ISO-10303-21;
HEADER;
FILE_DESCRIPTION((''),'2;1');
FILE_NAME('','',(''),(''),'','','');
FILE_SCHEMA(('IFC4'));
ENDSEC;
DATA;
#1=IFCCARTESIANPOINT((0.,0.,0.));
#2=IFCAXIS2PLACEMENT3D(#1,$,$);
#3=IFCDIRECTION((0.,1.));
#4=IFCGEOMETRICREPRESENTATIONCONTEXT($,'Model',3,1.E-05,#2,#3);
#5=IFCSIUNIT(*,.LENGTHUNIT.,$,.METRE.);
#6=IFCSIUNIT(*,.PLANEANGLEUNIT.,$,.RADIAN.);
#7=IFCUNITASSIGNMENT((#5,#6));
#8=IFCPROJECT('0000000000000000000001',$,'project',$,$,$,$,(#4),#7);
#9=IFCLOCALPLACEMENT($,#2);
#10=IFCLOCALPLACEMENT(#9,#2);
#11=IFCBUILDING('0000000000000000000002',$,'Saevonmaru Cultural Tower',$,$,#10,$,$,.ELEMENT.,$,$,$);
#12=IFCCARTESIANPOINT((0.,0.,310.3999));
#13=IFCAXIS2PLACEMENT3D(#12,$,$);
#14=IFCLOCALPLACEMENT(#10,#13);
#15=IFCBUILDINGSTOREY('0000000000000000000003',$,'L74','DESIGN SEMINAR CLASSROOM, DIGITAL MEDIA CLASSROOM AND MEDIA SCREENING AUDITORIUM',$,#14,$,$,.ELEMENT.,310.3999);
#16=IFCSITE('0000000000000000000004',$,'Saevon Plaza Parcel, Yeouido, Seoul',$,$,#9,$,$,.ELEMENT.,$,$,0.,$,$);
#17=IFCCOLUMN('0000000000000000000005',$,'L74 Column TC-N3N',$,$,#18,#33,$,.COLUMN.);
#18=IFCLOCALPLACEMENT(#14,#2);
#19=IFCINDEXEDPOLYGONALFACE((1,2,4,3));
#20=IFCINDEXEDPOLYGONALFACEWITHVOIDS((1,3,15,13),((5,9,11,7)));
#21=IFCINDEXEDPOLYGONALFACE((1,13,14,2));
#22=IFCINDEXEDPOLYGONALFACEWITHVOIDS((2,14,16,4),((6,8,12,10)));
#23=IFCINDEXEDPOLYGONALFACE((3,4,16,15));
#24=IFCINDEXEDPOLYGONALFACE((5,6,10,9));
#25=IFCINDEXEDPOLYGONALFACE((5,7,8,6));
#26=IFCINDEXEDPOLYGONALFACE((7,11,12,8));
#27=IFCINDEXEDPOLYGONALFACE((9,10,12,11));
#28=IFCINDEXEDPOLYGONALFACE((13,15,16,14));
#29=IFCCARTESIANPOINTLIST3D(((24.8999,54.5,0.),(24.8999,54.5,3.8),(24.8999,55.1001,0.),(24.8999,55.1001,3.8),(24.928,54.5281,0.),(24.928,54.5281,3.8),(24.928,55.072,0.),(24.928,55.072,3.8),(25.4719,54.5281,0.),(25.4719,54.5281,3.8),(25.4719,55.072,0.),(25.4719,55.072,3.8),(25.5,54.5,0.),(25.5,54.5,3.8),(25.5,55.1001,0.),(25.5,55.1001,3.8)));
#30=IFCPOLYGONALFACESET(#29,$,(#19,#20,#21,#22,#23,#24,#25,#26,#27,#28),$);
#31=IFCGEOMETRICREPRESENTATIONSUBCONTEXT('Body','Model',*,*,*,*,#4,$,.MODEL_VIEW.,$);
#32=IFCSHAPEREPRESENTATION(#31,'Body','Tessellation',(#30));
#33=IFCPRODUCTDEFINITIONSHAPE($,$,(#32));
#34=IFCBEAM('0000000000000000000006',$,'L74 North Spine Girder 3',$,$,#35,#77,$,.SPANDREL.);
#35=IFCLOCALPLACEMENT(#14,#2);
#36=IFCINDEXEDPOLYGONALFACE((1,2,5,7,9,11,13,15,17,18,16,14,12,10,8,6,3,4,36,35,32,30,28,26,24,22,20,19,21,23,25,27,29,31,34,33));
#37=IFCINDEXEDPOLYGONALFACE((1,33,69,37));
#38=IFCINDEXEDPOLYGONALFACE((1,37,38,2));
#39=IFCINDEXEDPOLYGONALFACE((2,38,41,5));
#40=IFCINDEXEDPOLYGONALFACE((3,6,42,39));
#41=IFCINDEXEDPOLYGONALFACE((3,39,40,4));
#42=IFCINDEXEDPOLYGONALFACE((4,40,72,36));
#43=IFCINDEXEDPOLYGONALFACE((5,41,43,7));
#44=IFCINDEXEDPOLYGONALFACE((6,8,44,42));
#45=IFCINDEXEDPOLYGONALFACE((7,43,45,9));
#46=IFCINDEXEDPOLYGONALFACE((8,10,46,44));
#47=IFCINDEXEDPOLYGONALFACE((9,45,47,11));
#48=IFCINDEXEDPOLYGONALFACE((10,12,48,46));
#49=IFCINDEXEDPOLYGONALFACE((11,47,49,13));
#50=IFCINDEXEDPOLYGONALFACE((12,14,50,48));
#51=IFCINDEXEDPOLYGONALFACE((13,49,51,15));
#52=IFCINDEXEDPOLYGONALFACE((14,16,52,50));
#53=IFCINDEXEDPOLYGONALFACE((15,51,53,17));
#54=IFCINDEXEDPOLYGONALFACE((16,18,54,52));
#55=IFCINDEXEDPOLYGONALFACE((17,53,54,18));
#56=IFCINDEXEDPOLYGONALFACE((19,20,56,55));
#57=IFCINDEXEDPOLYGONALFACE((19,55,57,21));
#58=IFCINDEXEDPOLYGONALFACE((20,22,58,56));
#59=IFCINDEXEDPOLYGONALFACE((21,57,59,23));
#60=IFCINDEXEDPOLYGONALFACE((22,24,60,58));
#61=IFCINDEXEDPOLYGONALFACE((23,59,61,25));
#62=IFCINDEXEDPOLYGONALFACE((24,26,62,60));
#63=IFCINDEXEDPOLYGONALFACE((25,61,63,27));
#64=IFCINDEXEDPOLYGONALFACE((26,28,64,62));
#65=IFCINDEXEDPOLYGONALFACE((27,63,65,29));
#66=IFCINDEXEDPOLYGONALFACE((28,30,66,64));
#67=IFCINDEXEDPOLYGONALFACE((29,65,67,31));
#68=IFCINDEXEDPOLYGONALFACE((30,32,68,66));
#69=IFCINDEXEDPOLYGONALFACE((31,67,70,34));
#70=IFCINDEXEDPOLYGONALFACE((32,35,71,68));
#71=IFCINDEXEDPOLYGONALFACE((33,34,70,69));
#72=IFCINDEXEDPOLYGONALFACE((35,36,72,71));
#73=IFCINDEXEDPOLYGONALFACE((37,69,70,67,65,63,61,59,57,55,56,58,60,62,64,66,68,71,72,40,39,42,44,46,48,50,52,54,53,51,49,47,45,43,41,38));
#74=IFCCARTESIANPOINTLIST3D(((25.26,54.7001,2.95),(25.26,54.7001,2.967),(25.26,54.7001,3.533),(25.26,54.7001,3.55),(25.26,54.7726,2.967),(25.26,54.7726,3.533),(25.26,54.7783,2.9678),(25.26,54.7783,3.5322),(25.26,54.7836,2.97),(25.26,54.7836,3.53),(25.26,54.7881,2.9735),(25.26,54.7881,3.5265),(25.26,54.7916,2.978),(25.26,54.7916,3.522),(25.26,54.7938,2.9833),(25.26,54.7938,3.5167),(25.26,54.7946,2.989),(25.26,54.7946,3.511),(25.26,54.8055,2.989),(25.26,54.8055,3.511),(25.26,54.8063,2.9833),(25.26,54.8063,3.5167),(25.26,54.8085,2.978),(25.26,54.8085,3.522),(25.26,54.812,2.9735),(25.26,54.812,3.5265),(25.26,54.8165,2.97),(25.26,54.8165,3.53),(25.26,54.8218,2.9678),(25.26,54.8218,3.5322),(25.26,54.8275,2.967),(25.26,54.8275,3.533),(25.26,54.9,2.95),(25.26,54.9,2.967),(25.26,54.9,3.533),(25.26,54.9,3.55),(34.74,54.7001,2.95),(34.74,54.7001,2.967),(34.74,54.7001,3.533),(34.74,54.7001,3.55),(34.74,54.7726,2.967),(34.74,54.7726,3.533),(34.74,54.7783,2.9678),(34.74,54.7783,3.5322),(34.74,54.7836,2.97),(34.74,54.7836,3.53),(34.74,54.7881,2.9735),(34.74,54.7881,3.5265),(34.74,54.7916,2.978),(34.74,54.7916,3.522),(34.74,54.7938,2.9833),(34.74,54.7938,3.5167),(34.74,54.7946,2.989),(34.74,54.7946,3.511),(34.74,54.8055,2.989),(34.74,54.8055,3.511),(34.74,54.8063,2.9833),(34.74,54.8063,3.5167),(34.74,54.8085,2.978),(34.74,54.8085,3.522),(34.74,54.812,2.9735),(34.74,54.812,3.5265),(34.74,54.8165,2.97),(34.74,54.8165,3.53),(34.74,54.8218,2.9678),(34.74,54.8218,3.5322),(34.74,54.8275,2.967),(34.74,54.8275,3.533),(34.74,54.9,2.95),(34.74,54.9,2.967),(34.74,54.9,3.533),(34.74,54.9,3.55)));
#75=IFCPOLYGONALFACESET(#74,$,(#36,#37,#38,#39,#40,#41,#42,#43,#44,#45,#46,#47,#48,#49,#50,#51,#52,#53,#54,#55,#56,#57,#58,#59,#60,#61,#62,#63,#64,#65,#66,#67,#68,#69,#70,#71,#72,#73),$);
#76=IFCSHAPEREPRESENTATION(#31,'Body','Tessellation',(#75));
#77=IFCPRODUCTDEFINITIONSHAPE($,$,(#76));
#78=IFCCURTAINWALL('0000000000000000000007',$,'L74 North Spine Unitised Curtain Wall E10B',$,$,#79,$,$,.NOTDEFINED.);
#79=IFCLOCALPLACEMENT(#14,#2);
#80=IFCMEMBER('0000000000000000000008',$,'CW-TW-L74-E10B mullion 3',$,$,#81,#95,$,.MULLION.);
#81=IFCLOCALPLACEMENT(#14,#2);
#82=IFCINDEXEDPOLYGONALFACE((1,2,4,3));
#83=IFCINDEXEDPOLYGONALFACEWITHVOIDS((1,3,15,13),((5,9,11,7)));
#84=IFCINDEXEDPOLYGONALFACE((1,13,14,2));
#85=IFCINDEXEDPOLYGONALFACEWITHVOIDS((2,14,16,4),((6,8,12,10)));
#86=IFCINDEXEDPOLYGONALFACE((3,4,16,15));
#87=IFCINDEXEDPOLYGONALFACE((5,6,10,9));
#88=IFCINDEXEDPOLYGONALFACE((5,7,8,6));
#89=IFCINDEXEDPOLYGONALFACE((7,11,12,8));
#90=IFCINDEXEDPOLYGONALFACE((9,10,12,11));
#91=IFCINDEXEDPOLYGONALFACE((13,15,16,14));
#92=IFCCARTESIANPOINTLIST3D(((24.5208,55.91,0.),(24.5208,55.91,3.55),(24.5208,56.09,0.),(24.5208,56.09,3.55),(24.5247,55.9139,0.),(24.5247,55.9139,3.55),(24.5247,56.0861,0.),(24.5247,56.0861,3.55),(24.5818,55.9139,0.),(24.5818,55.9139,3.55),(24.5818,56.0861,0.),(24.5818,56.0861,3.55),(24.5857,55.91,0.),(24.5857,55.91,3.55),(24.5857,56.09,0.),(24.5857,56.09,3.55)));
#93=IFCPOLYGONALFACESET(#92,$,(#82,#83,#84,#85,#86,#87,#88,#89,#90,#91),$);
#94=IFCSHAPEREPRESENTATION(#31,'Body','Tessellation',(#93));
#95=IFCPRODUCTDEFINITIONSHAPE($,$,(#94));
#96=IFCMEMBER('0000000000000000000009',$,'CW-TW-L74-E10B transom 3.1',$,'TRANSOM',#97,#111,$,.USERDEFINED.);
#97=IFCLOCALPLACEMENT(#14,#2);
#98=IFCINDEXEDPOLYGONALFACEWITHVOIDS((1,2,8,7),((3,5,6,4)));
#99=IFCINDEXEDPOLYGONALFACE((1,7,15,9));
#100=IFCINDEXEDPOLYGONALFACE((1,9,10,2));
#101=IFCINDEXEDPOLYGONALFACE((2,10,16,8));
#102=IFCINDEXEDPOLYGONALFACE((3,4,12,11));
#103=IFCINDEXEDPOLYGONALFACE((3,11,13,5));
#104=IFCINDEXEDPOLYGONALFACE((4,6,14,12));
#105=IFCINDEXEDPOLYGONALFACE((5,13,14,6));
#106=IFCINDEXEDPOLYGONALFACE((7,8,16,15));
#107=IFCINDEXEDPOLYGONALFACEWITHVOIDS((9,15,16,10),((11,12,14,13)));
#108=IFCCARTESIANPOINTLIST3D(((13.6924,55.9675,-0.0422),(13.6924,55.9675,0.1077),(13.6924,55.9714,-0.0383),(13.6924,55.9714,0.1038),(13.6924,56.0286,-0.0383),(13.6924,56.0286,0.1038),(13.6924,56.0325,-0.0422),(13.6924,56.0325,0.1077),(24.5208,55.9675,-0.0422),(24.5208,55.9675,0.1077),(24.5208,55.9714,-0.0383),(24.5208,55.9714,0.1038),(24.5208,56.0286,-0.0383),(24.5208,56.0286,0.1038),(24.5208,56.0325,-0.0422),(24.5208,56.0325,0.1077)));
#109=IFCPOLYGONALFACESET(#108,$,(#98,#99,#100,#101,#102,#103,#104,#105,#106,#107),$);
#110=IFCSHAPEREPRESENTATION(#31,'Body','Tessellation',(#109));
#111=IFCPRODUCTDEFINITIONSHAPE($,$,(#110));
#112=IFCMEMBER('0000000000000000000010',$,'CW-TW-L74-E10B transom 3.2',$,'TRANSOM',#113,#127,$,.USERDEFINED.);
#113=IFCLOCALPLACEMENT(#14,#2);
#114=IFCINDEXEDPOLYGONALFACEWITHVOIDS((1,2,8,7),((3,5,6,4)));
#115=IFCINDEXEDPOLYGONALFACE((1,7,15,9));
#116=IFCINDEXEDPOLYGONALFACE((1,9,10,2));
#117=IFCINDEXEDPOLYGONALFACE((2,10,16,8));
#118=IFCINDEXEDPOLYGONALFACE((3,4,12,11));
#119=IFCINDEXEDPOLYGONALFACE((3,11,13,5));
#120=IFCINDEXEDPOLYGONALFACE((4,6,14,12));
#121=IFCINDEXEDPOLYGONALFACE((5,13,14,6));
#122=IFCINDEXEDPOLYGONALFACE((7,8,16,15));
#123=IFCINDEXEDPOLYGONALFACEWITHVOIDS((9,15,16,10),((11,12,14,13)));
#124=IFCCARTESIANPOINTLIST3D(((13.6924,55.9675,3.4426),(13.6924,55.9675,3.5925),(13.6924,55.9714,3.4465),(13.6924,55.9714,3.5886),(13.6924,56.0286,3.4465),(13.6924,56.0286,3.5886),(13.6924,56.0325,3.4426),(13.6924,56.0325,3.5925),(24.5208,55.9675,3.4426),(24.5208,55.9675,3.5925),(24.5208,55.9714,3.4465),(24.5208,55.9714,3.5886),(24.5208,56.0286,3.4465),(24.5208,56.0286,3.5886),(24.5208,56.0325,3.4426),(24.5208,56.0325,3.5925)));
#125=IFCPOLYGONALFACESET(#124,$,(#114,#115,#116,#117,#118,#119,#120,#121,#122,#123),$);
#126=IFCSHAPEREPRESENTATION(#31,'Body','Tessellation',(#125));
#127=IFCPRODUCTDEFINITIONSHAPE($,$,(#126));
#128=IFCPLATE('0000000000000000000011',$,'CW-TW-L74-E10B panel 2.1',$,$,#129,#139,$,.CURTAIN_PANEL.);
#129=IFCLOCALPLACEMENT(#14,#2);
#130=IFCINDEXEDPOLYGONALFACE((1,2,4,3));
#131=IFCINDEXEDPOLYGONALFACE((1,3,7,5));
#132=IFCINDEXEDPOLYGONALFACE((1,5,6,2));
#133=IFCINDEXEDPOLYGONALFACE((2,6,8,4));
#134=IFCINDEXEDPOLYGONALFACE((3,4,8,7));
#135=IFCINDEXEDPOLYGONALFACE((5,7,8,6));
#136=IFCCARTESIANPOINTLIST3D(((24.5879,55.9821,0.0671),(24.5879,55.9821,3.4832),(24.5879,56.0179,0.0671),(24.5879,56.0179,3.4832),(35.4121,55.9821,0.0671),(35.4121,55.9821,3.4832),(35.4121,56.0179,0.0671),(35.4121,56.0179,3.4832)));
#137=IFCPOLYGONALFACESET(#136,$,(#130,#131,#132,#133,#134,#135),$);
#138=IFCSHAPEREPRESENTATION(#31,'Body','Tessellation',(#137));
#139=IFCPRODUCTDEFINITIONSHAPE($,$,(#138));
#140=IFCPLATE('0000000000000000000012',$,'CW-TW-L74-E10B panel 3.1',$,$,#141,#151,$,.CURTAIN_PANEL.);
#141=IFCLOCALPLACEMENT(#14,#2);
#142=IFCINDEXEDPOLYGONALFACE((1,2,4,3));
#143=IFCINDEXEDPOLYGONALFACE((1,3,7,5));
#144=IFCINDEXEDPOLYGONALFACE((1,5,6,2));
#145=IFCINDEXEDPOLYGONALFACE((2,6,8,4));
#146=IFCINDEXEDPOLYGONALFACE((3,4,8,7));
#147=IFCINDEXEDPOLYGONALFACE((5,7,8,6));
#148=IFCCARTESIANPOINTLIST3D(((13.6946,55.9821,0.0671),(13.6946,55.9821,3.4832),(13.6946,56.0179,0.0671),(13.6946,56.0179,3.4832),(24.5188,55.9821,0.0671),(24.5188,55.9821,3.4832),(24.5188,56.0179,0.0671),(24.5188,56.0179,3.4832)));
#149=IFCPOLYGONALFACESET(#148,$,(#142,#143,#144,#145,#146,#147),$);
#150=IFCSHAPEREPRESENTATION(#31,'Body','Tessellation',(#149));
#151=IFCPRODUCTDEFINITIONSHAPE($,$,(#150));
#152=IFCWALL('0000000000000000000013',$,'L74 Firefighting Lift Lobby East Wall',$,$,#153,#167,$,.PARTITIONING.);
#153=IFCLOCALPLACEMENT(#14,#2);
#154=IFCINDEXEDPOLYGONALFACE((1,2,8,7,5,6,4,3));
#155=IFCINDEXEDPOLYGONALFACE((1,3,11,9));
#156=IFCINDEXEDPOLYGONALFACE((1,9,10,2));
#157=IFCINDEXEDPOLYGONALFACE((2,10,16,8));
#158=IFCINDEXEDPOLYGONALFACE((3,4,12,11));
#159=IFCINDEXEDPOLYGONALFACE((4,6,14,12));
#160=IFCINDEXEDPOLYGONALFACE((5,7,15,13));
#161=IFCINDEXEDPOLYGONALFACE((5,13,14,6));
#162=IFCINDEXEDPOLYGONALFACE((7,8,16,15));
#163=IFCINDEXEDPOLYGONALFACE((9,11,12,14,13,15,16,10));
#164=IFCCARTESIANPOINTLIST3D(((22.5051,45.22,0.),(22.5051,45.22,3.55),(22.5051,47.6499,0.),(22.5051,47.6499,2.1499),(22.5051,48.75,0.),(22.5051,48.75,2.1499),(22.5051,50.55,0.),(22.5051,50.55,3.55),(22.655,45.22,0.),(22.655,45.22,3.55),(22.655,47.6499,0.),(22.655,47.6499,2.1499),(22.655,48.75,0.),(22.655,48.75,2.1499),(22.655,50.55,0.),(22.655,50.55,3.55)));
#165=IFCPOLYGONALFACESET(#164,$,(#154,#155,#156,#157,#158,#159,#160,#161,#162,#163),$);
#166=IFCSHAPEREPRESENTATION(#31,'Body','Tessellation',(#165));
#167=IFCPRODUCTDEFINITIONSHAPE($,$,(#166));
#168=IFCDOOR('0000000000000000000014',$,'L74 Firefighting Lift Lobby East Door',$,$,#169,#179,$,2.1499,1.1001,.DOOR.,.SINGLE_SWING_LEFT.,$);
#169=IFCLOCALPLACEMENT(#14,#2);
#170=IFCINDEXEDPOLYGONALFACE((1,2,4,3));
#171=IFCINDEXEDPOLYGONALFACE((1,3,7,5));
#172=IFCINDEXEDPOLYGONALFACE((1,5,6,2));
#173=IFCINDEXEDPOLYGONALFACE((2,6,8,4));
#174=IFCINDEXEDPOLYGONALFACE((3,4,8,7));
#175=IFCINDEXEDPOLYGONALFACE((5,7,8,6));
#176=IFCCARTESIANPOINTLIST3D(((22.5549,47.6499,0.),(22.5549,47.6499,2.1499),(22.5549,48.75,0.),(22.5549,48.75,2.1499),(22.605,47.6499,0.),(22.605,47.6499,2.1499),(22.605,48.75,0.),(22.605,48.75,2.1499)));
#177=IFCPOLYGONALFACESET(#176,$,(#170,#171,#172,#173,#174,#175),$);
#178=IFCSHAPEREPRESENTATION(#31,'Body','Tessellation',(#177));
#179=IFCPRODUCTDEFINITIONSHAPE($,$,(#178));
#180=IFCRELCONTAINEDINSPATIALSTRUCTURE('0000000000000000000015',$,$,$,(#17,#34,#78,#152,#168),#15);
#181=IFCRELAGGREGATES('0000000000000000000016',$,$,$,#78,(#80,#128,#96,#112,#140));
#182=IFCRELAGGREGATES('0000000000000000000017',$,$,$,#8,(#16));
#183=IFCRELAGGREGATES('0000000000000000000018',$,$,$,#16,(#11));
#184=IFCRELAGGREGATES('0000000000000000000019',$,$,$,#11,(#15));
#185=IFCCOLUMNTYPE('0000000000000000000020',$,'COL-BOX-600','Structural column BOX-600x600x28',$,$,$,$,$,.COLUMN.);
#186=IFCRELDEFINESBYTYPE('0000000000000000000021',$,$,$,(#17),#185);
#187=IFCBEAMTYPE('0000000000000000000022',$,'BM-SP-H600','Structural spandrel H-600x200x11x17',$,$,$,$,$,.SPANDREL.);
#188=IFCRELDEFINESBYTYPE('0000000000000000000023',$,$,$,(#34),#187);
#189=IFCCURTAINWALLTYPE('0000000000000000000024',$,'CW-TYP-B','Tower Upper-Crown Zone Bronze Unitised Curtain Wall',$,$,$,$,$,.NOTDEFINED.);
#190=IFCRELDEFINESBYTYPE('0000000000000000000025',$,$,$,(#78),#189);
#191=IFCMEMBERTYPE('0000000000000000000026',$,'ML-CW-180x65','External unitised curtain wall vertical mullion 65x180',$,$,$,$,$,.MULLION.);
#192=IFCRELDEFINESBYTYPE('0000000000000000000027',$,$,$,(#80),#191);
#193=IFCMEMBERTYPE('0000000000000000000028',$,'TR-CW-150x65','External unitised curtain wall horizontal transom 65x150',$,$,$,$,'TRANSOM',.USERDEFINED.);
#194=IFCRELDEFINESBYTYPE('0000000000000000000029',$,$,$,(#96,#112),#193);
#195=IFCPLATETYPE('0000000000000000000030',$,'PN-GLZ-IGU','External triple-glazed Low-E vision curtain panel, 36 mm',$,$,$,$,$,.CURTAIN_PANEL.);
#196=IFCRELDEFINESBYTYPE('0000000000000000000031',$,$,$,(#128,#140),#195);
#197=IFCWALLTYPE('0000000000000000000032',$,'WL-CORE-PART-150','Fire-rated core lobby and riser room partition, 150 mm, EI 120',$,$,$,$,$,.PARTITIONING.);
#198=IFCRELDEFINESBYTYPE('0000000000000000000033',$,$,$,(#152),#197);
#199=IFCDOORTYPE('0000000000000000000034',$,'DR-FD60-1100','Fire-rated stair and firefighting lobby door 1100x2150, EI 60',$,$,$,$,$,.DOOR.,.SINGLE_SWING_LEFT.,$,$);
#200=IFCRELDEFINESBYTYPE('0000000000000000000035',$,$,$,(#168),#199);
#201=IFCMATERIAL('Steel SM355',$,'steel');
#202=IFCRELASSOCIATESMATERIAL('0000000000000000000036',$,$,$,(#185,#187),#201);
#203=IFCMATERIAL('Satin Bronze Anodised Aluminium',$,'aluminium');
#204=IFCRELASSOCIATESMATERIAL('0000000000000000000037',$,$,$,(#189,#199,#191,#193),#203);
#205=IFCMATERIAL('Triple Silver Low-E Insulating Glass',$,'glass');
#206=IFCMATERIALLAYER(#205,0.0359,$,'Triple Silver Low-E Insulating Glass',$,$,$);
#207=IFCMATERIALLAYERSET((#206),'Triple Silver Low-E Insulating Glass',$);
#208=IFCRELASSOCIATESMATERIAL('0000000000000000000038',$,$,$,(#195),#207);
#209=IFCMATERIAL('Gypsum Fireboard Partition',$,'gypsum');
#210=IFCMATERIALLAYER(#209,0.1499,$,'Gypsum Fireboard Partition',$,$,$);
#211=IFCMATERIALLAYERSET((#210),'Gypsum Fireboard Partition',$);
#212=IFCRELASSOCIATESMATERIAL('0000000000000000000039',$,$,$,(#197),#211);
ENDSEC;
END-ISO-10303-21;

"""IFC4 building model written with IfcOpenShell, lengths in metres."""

from ifc_helpers import new_model, si_unit, direction, frame, frame_2d, origin, origin_2d, place, context, subcontext, project, spatial, rectangle, hollow_rectangle, i_section, extrude, material, layer, layer_set, material_profile, profile_set, type_object, element, fill, aggregate, save


model = new_model("IFC4")

# Units and contexts
model_context = context("Model", 3, precision=1e-05, world=origin(), true_north=direction((0.0, 1.0)))
body_context = subcontext(model_context, "Body", "Model", "MODEL_VIEW")
ifc_project = project(units=[si_unit("LENGTHUNIT", "METRE"), si_unit("PLANEANGLEUNIT", "RADIAN")], contexts=[model_context])

# Site, building, storey
site_placement = place(None, origin())
site = spatial("IfcSite", under=ifc_project, at=site_placement, Name="Saevon Plaza Parcel, Yeouido, Seoul", CompositionType="ELEMENT", RefElevation=0.0)
building_placement = place(site_placement, origin())
building = spatial("IfcBuilding", under=site, at=building_placement, Name="Saevonmaru Cultural Tower", CompositionType="ELEMENT")
storey_placement = place(building_placement, frame((0.0, 0.0, 310.3999)))
storey = spatial("IfcBuildingStorey", under=building, at=storey_placement, Name="L74", Description="DESIGN SEMINAR CLASSROOM, DIGITAL MEDIA CLASSROOM AND MEDIA SCREENING AUDITORIUM", CompositionType="ELEMENT", Elevation=310.3999)

# Column
ifc_material_1 = material(Name="Steel SM355", Category="steel")
ifc_material_profile_1 = material_profile(ifc_material_1, hollow_rectangle(XDim=0.6001, YDim=0.6001, WallThickness=0.0281, at=origin_2d()), Name="BOX-600x600x28")
ifc_profile_set_1 = profile_set([ifc_material_profile_1], Name="Steel SM355")
column_type = type_object("IfcColumnType", Name="COL-BOX-600", Description="Structural column BOX-600x600x28", PredefinedType="COLUMN", material=ifc_profile_set_1)
column_placement = place(storey_placement, frame((25.2, 54.8, 0.0), z_axis=(0.0, 0.0, 1.0), x_axis=(1.0, 0.0, 0.0)))
element("IfcColumn", 1, at=column_placement, inside=storey, type_object=column_type, Name="L74 Column TC-N3N", PredefinedType="COLUMN", context=body_context, shape_type="SweptSolid", body=[
    extrude(hollow_rectangle(XDim=0.6001, YDim=0.6001, WallThickness=0.0281, at=origin_2d()), origin(), (0.0, 0.0, 1.0), 3.8),
])

# Beam
ifc_material_profile_2 = material_profile(ifc_material_1, i_section(OverallWidth=0.2, OverallDepth=0.6001, WebThickness=0.011, FlangeThickness=0.0171, FilletRadius=0.022, at=origin_2d()), Name="H-600x200x11x17")
ifc_profile_set_2 = profile_set([ifc_material_profile_2], Name="Steel SM355")
beam_type = type_object("IfcBeamType", Name="BM-SP-H600", Description="Structural spandrel H-600x200x11x17", PredefinedType="SPANDREL", material=ifc_profile_set_2)
beam_placement = place(storey_placement, frame((25.26, 54.8, 3.25), z_axis=(1.0, 0.0, 0.0), x_axis=(0.0, 1.0, 0.0)))
element("IfcBeam", 2, at=beam_placement, inside=storey, type_object=beam_type, Name="L74 North Spine Girder 3", PredefinedType="SPANDREL", context=body_context, shape_type="SweptSolid", body=[
    extrude(i_section(OverallWidth=0.2, OverallDepth=0.6001, WebThickness=0.011, FlangeThickness=0.0171, FilletRadius=0.022, at=origin_2d()), origin(), (0.0, 0.0, 1.0), 9.48),
])

# Curtain wall, members, plates
ifc_material_2 = material(Name="Satin Bronze Anodised Aluminium", Category="aluminium")
curtain_wall_type = type_object("IfcCurtainWallType", Name="CW-TYP-B", Description="Tower Upper-Crown Zone Bronze Unitised Curtain Wall", PredefinedType="NOTDEFINED", material=ifc_material_2)
curtain_wall_placement = place(storey_placement, origin())
curtain_wall = element("IfcCurtainWall", 3, at=curtain_wall_placement, inside=storey, type_object=curtain_wall_type, Name="L74 North Spine Unitised Curtain Wall E10B", PredefinedType="NOTDEFINED")
ifc_material_profile_3 = material_profile(ifc_material_2, hollow_rectangle(XDim=0.0649, YDim=0.1799, WallThickness=0.0039, at=origin_2d()), Name="ALU-MULL-180x65x4")
ifc_profile_set_3 = profile_set([ifc_material_profile_3], Name="Satin Bronze Anodised Aluminium")
member_type_1 = type_object("IfcMemberType", Name="ML-CW-180x65", Description="External unitised curtain wall vertical mullion 65x180", PredefinedType="MULLION", material=ifc_profile_set_3)
member_1_placement = place(storey_placement, frame((24.5532, 56.0, 0.0), z_axis=(0.0, 0.0, 1.0), x_axis=(-1.0, 0.0, 0.0)))
member_1 = element("IfcMember", 4, at=member_1_placement, type_object=member_type_1, Name="CW-TW-L74-E10B mullion 3", PredefinedType="MULLION", context=body_context, shape_type="SweptSolid", body=[
    extrude(hollow_rectangle(XDim=0.0649, YDim=0.1799, WallThickness=0.0039, at=origin_2d()), origin(), (0.0, 0.0, 1.0), 3.55),
])
ifc_material_profile_4 = material_profile(ifc_material_2, hollow_rectangle(XDim=0.0649, YDim=0.1499, WallThickness=0.0039, at=origin_2d()), Name="ALU-TRAN-150x65x4")
ifc_profile_set_4 = profile_set([ifc_material_profile_4], Name="Satin Bronze Anodised Aluminium")
member_type_2 = type_object("IfcMemberType", Name="TR-CW-150x65", Description="External unitised curtain wall horizontal transom 65x150", ElementType="TRANSOM", PredefinedType="USERDEFINED", material=ifc_profile_set_4)
member_2_placement = place(storey_placement, frame((24.5208, 56.0, 0.0327), z_axis=(-1.0, 0.0, 0.0), x_axis=(0.0, -1.0, 0.0)))
member_2 = element("IfcMember", 5, at=member_2_placement, type_object=member_type_2, Name="CW-TW-L74-E10B transom 3.1", ObjectType="TRANSOM", PredefinedType="USERDEFINED", context=body_context, shape_type="SweptSolid", body=[
    extrude(hollow_rectangle(XDim=0.0649, YDim=0.1499, WallThickness=0.0039, at=origin_2d()), origin(), (0.0, 0.0, 1.0), 10.8284),
])
member_3_placement = place(storey_placement, frame((24.5208, 56.0, 3.5176), z_axis=(-1.0, 0.0, 0.0), x_axis=(0.0, -1.0, 0.0)))
member_3 = element("IfcMember", 6, at=member_3_placement, type_object=member_type_2, Name="CW-TW-L74-E10B transom 3.2", ObjectType="TRANSOM", PredefinedType="USERDEFINED", context=body_context, shape_type="SweptSolid", body=[
    extrude(hollow_rectangle(XDim=0.0649, YDim=0.1499, WallThickness=0.0039, at=origin_2d()), origin(), (0.0, 0.0, 1.0), 10.8284),
])
ifc_material_3 = material(Name="Triple Silver Low-E Insulating Glass", Category="glass")
ifc_layer_1 = layer(ifc_material_3, 0.0359, Name="Triple Silver Low-E Insulating Glass")
ifc_layer_set_1 = layer_set([ifc_layer_1], Name="Triple Silver Low-E Insulating Glass")
plate_type = type_object("IfcPlateType", Name="PN-GLZ-IGU", Description="External triple-glazed Low-E vision curtain panel, 36 mm", PredefinedType="CURTAIN_PANEL", material=ifc_layer_set_1)
plate_1_placement = place(storey_placement, frame((30.0, 56.0, 0.0671), z_axis=(0.0, 0.0, 1.0), x_axis=(-1.0, 0.0, 0.0)))
plate_1 = element("IfcPlate", 7, at=plate_1_placement, type_object=plate_type, Name="CW-TW-L74-E10B panel 2.1", PredefinedType="CURTAIN_PANEL", context=body_context, shape_type="SweptSolid", body=[
    extrude(rectangle(XDim=10.8242, YDim=0.0359, at=origin_2d()), origin(), (0.0, 0.0, 1.0), 3.416),
])
plate_2_placement = place(storey_placement, frame((19.1067, 56.0, 0.0671), z_axis=(0.0, 0.0, 1.0), x_axis=(-1.0, 0.0, 0.0)))
plate_2 = element("IfcPlate", 8, at=plate_2_placement, type_object=plate_type, Name="CW-TW-L74-E10B panel 3.1", PredefinedType="CURTAIN_PANEL", context=body_context, shape_type="SweptSolid", body=[
    extrude(rectangle(XDim=10.8242, YDim=0.0359, at=origin_2d()), origin(), (0.0, 0.0, 1.0), 3.416),
])
aggregate(curtain_wall, [member_1, plate_1, member_2, member_3, plate_2])

# Wall, opening, door
ifc_material_4 = material(Name="Gypsum Fireboard Partition", Category="gypsum")
ifc_layer_2 = layer(ifc_material_4, 0.1499, Name="Gypsum Fireboard Partition")
ifc_layer_set_2 = layer_set([ifc_layer_2], Name="Gypsum Fireboard Partition")
wall_type_1 = type_object("IfcWallType", Name="WL-CORE-PART-150", Description="Fire-rated core lobby and riser room partition, 150 mm, EI 120", PredefinedType="PARTITIONING", material=ifc_layer_set_2)
wall_1_placement = place(storey_placement, frame((22.5801, 50.55, 0.0), z_axis=(0.0, 0.0, 1.0), x_axis=(0.0, -1.0, 0.0)))
wall_1 = element("IfcWall", 9, at=wall_1_placement, inside=storey, type_object=wall_type_1, Name="L74 Firefighting Lift Lobby East Wall", PredefinedType="PARTITIONING", context=body_context, shape_type="SweptSolid", body=[
    extrude(rectangle(XDim=5.3301, YDim=0.1499, at=frame_2d((2.665, 0.0))), origin(), (0.0, 0.0, 1.0), 3.55),
])
opening_1_placement = place(wall_1_placement, frame((1.8, 0.0, 0.0)))
opening_1 = element("IfcOpeningElement", 10, at=opening_1_placement, cuts=wall_1, PredefinedType="OPENING", context=body_context, shape_type="SweptSolid", body=[
    extrude(rectangle(XDim=1.1001, YDim=2.1499, at=frame_2d((0.55, 1.075))), frame((0.0, 0.085, 0.0), z_axis=(0.0, -1.0, 0.0), x_axis=(1.0, 0.0, 0.0)), (0.0, 0.0, 1.0), 0.1699),
])
door_type_1 = type_object("IfcDoorType", Name="DR-FD60-1100", Description="Fire-rated stair and firefighting lobby door 1100x2150, EI 60", OperationType="SINGLE_SWING_LEFT", PredefinedType="DOOR", material=ifc_material_2)
door_1_placement = place(opening_1_placement, origin())
door_1 = element("IfcDoor", 11, at=door_1_placement, inside=storey, type_object=door_type_1, Name="L74 Firefighting Lift Lobby East Door", OperationType="SINGLE_SWING_LEFT", OverallHeight=2.1499, OverallWidth=1.1001, PredefinedType="DOOR", context=body_context, shape_type="SweptSolid", body=[
    extrude(rectangle(XDim=1.1001, YDim=2.1499, at=frame_2d((0.55, 1.075))), frame((0.0, 0.0249, 0.0), z_axis=(0.0, -1.0, 0.0), x_axis=(1.0, 0.0, 0.0)), (0.0, 0.0, 1.0), 0.05),
])
fill(opening_1, door_1)

save(model, "model.ifc")
